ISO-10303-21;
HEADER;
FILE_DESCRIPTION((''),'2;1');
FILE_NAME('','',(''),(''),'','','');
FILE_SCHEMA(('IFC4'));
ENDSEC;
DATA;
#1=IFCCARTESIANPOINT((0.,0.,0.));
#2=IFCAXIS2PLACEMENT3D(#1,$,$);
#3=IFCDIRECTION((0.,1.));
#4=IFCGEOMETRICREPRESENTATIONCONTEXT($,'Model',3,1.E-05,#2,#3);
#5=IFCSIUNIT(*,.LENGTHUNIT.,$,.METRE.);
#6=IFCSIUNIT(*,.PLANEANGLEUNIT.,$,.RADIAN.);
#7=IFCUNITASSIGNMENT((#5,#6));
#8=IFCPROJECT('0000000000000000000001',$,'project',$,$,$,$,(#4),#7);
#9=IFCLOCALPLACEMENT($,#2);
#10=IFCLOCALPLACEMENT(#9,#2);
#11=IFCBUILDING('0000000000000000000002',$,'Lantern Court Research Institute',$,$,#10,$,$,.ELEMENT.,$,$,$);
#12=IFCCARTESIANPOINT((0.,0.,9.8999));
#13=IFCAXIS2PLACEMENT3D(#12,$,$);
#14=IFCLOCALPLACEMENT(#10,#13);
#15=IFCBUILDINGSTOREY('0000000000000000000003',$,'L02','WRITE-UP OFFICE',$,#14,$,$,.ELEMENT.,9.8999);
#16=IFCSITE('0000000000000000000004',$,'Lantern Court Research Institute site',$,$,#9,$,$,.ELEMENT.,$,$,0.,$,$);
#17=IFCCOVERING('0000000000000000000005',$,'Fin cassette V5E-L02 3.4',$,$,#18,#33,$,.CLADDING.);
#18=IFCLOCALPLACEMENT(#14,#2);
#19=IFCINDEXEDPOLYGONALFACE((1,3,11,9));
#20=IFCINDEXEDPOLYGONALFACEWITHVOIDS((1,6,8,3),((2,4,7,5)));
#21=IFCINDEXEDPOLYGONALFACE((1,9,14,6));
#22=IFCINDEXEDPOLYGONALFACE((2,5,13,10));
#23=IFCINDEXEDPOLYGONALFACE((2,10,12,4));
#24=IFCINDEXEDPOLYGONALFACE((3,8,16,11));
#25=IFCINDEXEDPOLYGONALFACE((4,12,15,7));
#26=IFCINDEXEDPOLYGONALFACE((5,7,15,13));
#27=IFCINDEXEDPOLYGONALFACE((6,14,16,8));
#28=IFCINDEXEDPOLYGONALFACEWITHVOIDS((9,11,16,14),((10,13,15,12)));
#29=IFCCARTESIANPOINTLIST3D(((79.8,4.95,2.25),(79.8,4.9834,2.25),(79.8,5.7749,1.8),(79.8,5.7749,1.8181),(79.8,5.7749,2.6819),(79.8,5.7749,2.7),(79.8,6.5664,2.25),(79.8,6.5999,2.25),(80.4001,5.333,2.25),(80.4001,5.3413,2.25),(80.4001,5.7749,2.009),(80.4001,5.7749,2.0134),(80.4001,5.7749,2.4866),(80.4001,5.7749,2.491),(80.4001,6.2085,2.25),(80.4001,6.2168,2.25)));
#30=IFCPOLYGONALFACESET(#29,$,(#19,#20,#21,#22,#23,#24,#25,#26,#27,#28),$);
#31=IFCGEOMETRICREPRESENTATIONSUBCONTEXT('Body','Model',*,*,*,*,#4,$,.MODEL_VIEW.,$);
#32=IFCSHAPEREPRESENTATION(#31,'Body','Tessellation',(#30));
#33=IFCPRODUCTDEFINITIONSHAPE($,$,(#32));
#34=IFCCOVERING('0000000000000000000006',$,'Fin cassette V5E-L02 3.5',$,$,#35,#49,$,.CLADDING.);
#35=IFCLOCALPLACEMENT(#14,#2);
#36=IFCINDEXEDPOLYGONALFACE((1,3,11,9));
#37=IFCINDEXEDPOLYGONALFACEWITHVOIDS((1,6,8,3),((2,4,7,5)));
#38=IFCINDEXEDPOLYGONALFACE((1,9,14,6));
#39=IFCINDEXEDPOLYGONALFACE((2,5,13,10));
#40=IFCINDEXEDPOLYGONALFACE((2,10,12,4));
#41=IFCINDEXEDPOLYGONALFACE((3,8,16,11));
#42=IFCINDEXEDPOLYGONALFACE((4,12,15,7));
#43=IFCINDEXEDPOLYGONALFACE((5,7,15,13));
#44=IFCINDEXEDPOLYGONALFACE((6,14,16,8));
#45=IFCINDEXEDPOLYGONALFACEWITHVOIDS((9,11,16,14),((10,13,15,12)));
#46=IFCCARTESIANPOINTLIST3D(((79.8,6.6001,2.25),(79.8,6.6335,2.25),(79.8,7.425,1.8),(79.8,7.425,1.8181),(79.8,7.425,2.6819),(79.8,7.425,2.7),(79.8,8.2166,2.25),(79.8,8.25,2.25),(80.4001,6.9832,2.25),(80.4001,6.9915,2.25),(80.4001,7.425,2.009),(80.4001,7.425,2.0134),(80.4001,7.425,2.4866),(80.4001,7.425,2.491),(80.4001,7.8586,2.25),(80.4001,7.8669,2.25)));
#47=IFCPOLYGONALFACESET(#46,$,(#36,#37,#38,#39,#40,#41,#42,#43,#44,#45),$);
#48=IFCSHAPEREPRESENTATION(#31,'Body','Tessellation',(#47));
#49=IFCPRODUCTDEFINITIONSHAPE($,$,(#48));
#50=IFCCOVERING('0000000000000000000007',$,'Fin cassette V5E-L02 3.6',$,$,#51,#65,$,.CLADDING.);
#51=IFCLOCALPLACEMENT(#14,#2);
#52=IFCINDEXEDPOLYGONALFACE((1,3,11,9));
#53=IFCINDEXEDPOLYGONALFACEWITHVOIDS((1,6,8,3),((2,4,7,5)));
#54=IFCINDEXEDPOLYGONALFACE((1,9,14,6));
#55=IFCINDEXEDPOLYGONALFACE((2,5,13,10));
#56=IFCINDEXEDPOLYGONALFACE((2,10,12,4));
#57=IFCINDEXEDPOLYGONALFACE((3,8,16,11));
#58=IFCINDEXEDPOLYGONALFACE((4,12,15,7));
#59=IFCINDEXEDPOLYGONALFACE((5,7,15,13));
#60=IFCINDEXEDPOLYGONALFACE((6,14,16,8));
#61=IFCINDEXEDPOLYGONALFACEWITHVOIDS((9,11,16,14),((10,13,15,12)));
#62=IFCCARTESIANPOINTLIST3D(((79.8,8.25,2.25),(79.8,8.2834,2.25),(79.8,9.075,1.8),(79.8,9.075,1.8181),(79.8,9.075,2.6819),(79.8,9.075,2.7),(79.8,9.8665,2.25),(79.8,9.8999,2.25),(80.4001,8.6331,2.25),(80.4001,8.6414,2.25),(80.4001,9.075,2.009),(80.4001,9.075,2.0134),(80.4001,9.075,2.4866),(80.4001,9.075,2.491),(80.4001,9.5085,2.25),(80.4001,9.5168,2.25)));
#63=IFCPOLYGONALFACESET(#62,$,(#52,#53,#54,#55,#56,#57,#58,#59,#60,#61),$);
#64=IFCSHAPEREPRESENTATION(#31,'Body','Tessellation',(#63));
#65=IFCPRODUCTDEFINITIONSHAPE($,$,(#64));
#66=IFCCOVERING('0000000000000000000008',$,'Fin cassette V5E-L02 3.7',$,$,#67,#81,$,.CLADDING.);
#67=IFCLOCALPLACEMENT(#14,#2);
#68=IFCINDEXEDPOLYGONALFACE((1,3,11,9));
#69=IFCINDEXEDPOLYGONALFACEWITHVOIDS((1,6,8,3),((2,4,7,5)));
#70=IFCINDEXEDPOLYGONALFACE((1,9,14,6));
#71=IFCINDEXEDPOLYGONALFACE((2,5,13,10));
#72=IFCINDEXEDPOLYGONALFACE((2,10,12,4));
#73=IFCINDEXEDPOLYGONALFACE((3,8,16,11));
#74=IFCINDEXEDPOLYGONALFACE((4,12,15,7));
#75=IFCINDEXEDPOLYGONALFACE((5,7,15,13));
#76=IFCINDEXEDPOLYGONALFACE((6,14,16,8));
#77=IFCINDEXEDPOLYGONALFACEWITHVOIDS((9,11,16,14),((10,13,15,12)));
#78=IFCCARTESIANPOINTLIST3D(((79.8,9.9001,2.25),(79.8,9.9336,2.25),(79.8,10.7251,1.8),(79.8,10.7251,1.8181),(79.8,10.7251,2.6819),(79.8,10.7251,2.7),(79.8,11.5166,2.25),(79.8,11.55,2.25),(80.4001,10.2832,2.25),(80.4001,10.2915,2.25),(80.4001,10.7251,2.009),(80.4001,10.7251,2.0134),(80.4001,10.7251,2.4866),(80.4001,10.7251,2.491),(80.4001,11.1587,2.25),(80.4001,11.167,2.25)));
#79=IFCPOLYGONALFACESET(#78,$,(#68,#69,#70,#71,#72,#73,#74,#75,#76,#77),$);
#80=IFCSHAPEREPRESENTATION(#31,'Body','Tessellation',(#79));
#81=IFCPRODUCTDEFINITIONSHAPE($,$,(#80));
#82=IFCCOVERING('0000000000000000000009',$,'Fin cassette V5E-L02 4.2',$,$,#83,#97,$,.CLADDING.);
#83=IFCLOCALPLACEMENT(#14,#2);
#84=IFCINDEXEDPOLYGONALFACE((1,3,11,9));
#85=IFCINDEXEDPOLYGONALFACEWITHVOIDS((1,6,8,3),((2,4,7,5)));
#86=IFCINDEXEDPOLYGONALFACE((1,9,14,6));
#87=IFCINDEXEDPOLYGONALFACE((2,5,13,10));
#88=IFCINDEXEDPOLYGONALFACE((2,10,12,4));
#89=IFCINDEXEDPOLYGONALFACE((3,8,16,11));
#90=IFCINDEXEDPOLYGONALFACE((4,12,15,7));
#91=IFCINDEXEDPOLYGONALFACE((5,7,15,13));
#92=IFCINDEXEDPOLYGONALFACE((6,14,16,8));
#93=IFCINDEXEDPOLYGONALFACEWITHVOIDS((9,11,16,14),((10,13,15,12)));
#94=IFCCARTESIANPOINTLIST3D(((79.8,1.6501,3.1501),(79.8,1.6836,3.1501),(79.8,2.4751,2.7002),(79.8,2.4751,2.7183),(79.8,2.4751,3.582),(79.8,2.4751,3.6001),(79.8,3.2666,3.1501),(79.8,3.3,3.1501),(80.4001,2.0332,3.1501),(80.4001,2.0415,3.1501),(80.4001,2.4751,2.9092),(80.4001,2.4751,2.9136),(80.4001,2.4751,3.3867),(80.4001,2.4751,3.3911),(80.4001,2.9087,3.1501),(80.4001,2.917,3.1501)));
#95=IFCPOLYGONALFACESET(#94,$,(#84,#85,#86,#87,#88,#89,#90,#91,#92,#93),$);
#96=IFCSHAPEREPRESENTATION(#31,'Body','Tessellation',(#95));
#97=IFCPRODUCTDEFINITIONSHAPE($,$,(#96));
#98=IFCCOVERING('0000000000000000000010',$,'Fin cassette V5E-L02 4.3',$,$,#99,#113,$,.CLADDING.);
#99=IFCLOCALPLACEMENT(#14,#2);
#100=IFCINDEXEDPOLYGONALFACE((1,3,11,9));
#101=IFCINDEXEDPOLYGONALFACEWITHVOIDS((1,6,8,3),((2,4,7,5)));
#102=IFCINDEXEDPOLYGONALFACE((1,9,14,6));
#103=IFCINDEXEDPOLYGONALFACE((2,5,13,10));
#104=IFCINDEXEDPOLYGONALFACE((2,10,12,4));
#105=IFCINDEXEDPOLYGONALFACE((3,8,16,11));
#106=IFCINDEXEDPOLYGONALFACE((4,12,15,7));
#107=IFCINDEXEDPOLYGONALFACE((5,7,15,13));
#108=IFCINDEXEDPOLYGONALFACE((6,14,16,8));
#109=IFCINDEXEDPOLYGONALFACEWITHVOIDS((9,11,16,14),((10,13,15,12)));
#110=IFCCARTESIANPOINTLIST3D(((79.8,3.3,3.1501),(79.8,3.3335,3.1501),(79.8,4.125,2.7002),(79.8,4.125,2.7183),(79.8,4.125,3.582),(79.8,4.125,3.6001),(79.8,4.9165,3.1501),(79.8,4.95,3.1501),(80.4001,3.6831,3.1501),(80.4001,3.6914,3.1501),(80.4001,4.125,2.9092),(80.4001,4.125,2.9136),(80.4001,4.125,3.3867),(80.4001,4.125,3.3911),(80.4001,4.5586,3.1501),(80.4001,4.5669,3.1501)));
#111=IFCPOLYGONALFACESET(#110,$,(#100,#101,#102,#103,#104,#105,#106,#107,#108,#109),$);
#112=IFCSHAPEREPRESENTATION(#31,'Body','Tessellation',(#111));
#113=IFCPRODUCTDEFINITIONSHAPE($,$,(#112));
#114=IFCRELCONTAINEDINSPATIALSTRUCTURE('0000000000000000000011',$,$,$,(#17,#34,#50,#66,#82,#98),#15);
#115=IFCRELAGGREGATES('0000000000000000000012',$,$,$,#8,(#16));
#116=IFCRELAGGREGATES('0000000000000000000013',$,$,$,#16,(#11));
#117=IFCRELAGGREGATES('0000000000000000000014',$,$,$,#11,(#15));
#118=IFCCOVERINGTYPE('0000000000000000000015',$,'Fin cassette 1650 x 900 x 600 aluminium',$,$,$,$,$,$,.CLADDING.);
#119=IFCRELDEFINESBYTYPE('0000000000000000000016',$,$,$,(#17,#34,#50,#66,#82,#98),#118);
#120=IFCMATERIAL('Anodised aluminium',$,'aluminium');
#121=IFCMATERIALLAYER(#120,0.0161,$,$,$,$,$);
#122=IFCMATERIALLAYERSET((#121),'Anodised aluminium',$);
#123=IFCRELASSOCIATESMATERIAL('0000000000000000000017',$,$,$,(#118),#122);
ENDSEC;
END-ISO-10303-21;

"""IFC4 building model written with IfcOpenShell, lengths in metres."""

from ifc_helpers import new_model, entity, si_unit, direction, frame, origin, place, context, subcontext, project, spatial, material, layer, layer_set, type_object, element, save


model = new_model("IFC4")

# Units and contexts
model_context = context("Model", 3, precision=1e-05, world=origin(), true_north=direction((0.0, 1.0)))
body_context = subcontext(model_context, "Body", "Model", "MODEL_VIEW")
ifc_project = project(units=[si_unit("LENGTHUNIT", "METRE"), si_unit("PLANEANGLEUNIT", "RADIAN")], contexts=[model_context])

# Site, building, storey
site_placement = place(None, origin())
site = spatial("IfcSite", under=ifc_project, at=site_placement, Name="Lantern Court Research Institute site", CompositionType="ELEMENT", RefElevation=0.0)
building_placement = place(site_placement, origin())
building = spatial("IfcBuilding", under=site, at=building_placement, Name="Lantern Court Research Institute", CompositionType="ELEMENT")
storey_placement = place(building_placement, frame((0.0, 0.0, 9.8999)))
storey = spatial("IfcBuildingStorey", under=building, at=storey_placement, Name="L02", Description="WRITE-UP OFFICE", CompositionType="ELEMENT", Elevation=9.8999)

# Coverings
ifc_material_1 = material(Name="Anodised aluminium", Category="aluminium")
ifc_layer_1 = layer(ifc_material_1, 0.0161)
ifc_layer_set_1 = layer_set([ifc_layer_1], Name="Anodised aluminium")
covering_type = type_object("IfcCoveringType", Name="Fin cassette 1650 x 900 x 600 aluminium", PredefinedType="CLADDING", material=ifc_layer_set_1)
covering_1_placement = place(storey_placement, frame((79.8, 5.7749, 2.25), z_axis=(1.0, 0.0, 0.0), x_axis=(0.0, 1.0, 0.0)))
cartesian_point_1 = entity("IfcCartesianPoint", [0.825, 0.0])
cartesian_point_2 = entity("IfcCartesianPoint", [0.7915, 0.0])
cartesian_point_3 = entity("IfcCartesianPoint", [0.4419, 0.0])
cartesian_point_4 = entity("IfcCartesianPoint", [0.4336, 0.0])
element("IfcCovering", 1, at=covering_1_placement, inside=storey, type_object=covering_type, Name="Fin cassette V5E-L02 3.4", PredefinedType="CLADDING", context=body_context, shape_type="SweptSolid", body=[
    entity("IfcExtrudedAreaSolidTapered", entity("IfcArbitraryProfileDefWithVoids", "AREA", None, entity("IfcPolyline", [cartesian_point_1, entity("IfcCartesianPoint", [0.0, 0.45]), entity("IfcCartesianPoint", [-0.825, 0.0]), entity("IfcCartesianPoint", [0.0, -0.45]), cartesian_point_1]), [entity("IfcPolyline", [cartesian_point_2, entity("IfcCartesianPoint", [0.0, 0.4319]), entity("IfcCartesianPoint", [-0.7915, 0.0]), entity("IfcCartesianPoint", [0.0, -0.4319]), cartesian_point_2])]), entity("IfcAxis2Placement3D", entity("IfcCartesianPoint", [0.0, 0.0, 0.0])), entity("IfcDirection", [0.0, 0.0, 1.0]), 0.6001, entity("IfcArbitraryProfileDefWithVoids", "AREA", None, entity("IfcPolyline", [cartesian_point_3, entity("IfcCartesianPoint", [0.0, 0.241]), entity("IfcCartesianPoint", [-0.4419, 0.0]), entity("IfcCartesianPoint", [0.0, -0.241]), cartesian_point_3]), [entity("IfcPolyline", [cartesian_point_4, entity("IfcCartesianPoint", [0.0, 0.2366]), entity("IfcCartesianPoint", [-0.4336, 0.0]), entity("IfcCartesianPoint", [0.0, -0.2366]), cartesian_point_4])])),
])
covering_2_placement = place(storey_placement, frame((79.8, 7.425, 2.25), z_axis=(1.0, 0.0, 0.0), x_axis=(0.0, 1.0, 0.0)))
cartesian_point_5 = entity("IfcCartesianPoint", [0.825, 0.0])
cartesian_point_6 = entity("IfcCartesianPoint", [0.7915, 0.0])
cartesian_point_7 = entity("IfcCartesianPoint", [0.4419, 0.0])
cartesian_point_8 = entity("IfcCartesianPoint", [0.4336, 0.0])
element("IfcCovering", 2, at=covering_2_placement, inside=storey, type_object=covering_type, Name="Fin cassette V5E-L02 3.5", PredefinedType="CLADDING", context=body_context, shape_type="SweptSolid", body=[
    entity("IfcExtrudedAreaSolidTapered", entity("IfcArbitraryProfileDefWithVoids", "AREA", None, entity("IfcPolyline", [cartesian_point_5, entity("IfcCartesianPoint", [0.0, 0.45]), entity("IfcCartesianPoint", [-0.825, 0.0]), entity("IfcCartesianPoint", [0.0, -0.45]), cartesian_point_5]), [entity("IfcPolyline", [cartesian_point_6, entity("IfcCartesianPoint", [0.0, 0.4319]), entity("IfcCartesianPoint", [-0.7915, 0.0]), entity("IfcCartesianPoint", [0.0, -0.4319]), cartesian_point_6])]), entity("IfcAxis2Placement3D", entity("IfcCartesianPoint", [0.0, 0.0, 0.0])), entity("IfcDirection", [0.0, 0.0, 1.0]), 0.6001, entity("IfcArbitraryProfileDefWithVoids", "AREA", None, entity("IfcPolyline", [cartesian_point_7, entity("IfcCartesianPoint", [0.0, 0.241]), entity("IfcCartesianPoint", [-0.4419, 0.0]), entity("IfcCartesianPoint", [0.0, -0.241]), cartesian_point_7]), [entity("IfcPolyline", [cartesian_point_8, entity("IfcCartesianPoint", [0.0, 0.2366]), entity("IfcCartesianPoint", [-0.4336, 0.0]), entity("IfcCartesianPoint", [0.0, -0.2366]), cartesian_point_8])])),
])
covering_3_placement = place(storey_placement, frame((79.8, 9.075, 2.25), z_axis=(1.0, 0.0, 0.0), x_axis=(0.0, 1.0, 0.0)))
cartesian_point_9 = entity("IfcCartesianPoint", [0.825, 0.0])
cartesian_point_10 = entity("IfcCartesianPoint", [0.7915, 0.0])
cartesian_point_11 = entity("IfcCartesianPoint", [0.4419, 0.0])
cartesian_point_12 = entity("IfcCartesianPoint", [0.4336, 0.0])
element("IfcCovering", 3, at=covering_3_placement, inside=storey, type_object=covering_type, Name="Fin cassette V5E-L02 3.6", PredefinedType="CLADDING", context=body_context, shape_type="SweptSolid", body=[
    entity("IfcExtrudedAreaSolidTapered", entity("IfcArbitraryProfileDefWithVoids", "AREA", None, entity("IfcPolyline", [cartesian_point_9, entity("IfcCartesianPoint", [0.0, 0.45]), entity("IfcCartesianPoint", [-0.825, 0.0]), entity("IfcCartesianPoint", [0.0, -0.45]), cartesian_point_9]), [entity("IfcPolyline", [cartesian_point_10, entity("IfcCartesianPoint", [0.0, 0.4319]), entity("IfcCartesianPoint", [-0.7915, 0.0]), entity("IfcCartesianPoint", [0.0, -0.4319]), cartesian_point_10])]), entity("IfcAxis2Placement3D", entity("IfcCartesianPoint", [0.0, 0.0, 0.0])), entity("IfcDirection", [0.0, 0.0, 1.0]), 0.6001, entity("IfcArbitraryProfileDefWithVoids", "AREA", None, entity("IfcPolyline", [cartesian_point_11, entity("IfcCartesianPoint", [0.0, 0.241]), entity("IfcCartesianPoint", [-0.4419, 0.0]), entity("IfcCartesianPoint", [0.0, -0.241]), cartesian_point_11]), [entity("IfcPolyline", [cartesian_point_12, entity("IfcCartesianPoint", [0.0, 0.2366]), entity("IfcCartesianPoint", [-0.4336, 0.0]), entity("IfcCartesianPoint", [0.0, -0.2366]), cartesian_point_12])])),
])
covering_4_placement = place(storey_placement, frame((79.8, 10.7251, 2.25), z_axis=(1.0, 0.0, 0.0), x_axis=(0.0, 1.0, 0.0)))
cartesian_point_13 = entity("IfcCartesianPoint", [0.825, 0.0])
cartesian_point_14 = entity("IfcCartesianPoint", [0.7915, 0.0])
cartesian_point_15 = entity("IfcCartesianPoint", [0.4419, 0.0])
cartesian_point_16 = entity("IfcCartesianPoint", [0.4336, 0.0])
element("IfcCovering", 4, at=covering_4_placement, inside=storey, type_object=covering_type, Name="Fin cassette V5E-L02 3.7", PredefinedType="CLADDING", context=body_context, shape_type="SweptSolid", body=[
    entity("IfcExtrudedAreaSolidTapered", entity("IfcArbitraryProfileDefWithVoids", "AREA", None, entity("IfcPolyline", [cartesian_point_13, entity("IfcCartesianPoint", [0.0, 0.45]), entity("IfcCartesianPoint", [-0.825, 0.0]), entity("IfcCartesianPoint", [0.0, -0.45]), cartesian_point_13]), [entity("IfcPolyline", [cartesian_point_14, entity("IfcCartesianPoint", [0.0, 0.4319]), entity("IfcCartesianPoint", [-0.7915, 0.0]), entity("IfcCartesianPoint", [0.0, -0.4319]), cartesian_point_14])]), entity("IfcAxis2Placement3D", entity("IfcCartesianPoint", [0.0, 0.0, 0.0])), entity("IfcDirection", [0.0, 0.0, 1.0]), 0.6001, entity("IfcArbitraryProfileDefWithVoids", "AREA", None, entity("IfcPolyline", [cartesian_point_15, entity("IfcCartesianPoint", [0.0, 0.241]), entity("IfcCartesianPoint", [-0.4419, 0.0]), entity("IfcCartesianPoint", [0.0, -0.241]), cartesian_point_15]), [entity("IfcPolyline", [cartesian_point_16, entity("IfcCartesianPoint", [0.0, 0.2366]), entity("IfcCartesianPoint", [-0.4336, 0.0]), entity("IfcCartesianPoint", [0.0, -0.2366]), cartesian_point_16])])),
])
covering_5_placement = place(storey_placement, frame((79.8, 2.4751, 3.1501), z_axis=(1.0, 0.0, 0.0), x_axis=(0.0, 1.0, 0.0)))
cartesian_point_17 = entity("IfcCartesianPoint", [0.825, 0.0])
cartesian_point_18 = entity("IfcCartesianPoint", [0.7915, 0.0])
cartesian_point_19 = entity("IfcCartesianPoint", [0.4419, 0.0])
cartesian_point_20 = entity("IfcCartesianPoint", [0.4336, 0.0])
element("IfcCovering", 5, at=covering_5_placement, inside=storey, type_object=covering_type, Name="Fin cassette V5E-L02 4.2", PredefinedType="CLADDING", context=body_context, shape_type="SweptSolid", body=[
    entity("IfcExtrudedAreaSolidTapered", entity("IfcArbitraryProfileDefWithVoids", "AREA", None, entity("IfcPolyline", [cartesian_point_17, entity("IfcCartesianPoint", [0.0, 0.45]), entity("IfcCartesianPoint", [-0.825, 0.0]), entity("IfcCartesianPoint", [0.0, -0.45]), cartesian_point_17]), [entity("IfcPolyline", [cartesian_point_18, entity("IfcCartesianPoint", [0.0, 0.4319]), entity("IfcCartesianPoint", [-0.7915, 0.0]), entity("IfcCartesianPoint", [0.0, -0.4319]), cartesian_point_18])]), entity("IfcAxis2Placement3D", entity("IfcCartesianPoint", [0.0, 0.0, 0.0])), entity("IfcDirection", [0.0, 0.0, 1.0]), 0.6001, entity("IfcArbitraryProfileDefWithVoids", "AREA", None, entity("IfcPolyline", [cartesian_point_19, entity("IfcCartesianPoint", [0.0, 0.241]), entity("IfcCartesianPoint", [-0.4419, 0.0]), entity("IfcCartesianPoint", [0.0, -0.241]), cartesian_point_19]), [entity("IfcPolyline", [cartesian_point_20, entity("IfcCartesianPoint", [0.0, 0.2366]), entity("IfcCartesianPoint", [-0.4336, 0.0]), entity("IfcCartesianPoint", [0.0, -0.2366]), cartesian_point_20])])),
])
covering_6_placement = place(storey_placement, frame((79.8, 4.125, 3.1501), z_axis=(1.0, 0.0, 0.0), x_axis=(0.0, 1.0, 0.0)))
cartesian_point_21 = entity("IfcCartesianPoint", [0.825, 0.0])
cartesian_point_22 = entity("IfcCartesianPoint", [0.7915, 0.0])
cartesian_point_23 = entity("IfcCartesianPoint", [0.4419, 0.0])
cartesian_point_24 = entity("IfcCartesianPoint", [0.4336, 0.0])
element("IfcCovering", 6, at=covering_6_placement, inside=storey, type_object=covering_type, Name="Fin cassette V5E-L02 4.3", PredefinedType="CLADDING", context=body_context, shape_type="SweptSolid", body=[
    entity("IfcExtrudedAreaSolidTapered", entity("IfcArbitraryProfileDefWithVoids", "AREA", None, entity("IfcPolyline", [cartesian_point_21, entity("IfcCartesianPoint", [0.0, 0.45]), entity("IfcCartesianPoint", [-0.825, 0.0]), entity("IfcCartesianPoint", [0.0, -0.45]), cartesian_point_21]), [entity("IfcPolyline", [cartesian_point_22, entity("IfcCartesianPoint", [0.0, 0.4319]), entity("IfcCartesianPoint", [-0.7915, 0.0]), entity("IfcCartesianPoint", [0.0, -0.4319]), cartesian_point_22])]), entity("IfcAxis2Placement3D", entity("IfcCartesianPoint", [0.0, 0.0, 0.0])), entity("IfcDirection", [0.0, 0.0, 1.0]), 0.6001, entity("IfcArbitraryProfileDefWithVoids", "AREA", None, entity("IfcPolyline", [cartesian_point_23, entity("IfcCartesianPoint", [0.0, 0.241]), entity("IfcCartesianPoint", [-0.4419, 0.0]), entity("IfcCartesianPoint", [0.0, -0.241]), cartesian_point_23]), [entity("IfcPolyline", [cartesian_point_24, entity("IfcCartesianPoint", [0.0, 0.2366]), entity("IfcCartesianPoint", [-0.4336, 0.0]), entity("IfcCartesianPoint", [0.0, -0.2366]), cartesian_point_24])])),
])

save(model, "model.ifc")
